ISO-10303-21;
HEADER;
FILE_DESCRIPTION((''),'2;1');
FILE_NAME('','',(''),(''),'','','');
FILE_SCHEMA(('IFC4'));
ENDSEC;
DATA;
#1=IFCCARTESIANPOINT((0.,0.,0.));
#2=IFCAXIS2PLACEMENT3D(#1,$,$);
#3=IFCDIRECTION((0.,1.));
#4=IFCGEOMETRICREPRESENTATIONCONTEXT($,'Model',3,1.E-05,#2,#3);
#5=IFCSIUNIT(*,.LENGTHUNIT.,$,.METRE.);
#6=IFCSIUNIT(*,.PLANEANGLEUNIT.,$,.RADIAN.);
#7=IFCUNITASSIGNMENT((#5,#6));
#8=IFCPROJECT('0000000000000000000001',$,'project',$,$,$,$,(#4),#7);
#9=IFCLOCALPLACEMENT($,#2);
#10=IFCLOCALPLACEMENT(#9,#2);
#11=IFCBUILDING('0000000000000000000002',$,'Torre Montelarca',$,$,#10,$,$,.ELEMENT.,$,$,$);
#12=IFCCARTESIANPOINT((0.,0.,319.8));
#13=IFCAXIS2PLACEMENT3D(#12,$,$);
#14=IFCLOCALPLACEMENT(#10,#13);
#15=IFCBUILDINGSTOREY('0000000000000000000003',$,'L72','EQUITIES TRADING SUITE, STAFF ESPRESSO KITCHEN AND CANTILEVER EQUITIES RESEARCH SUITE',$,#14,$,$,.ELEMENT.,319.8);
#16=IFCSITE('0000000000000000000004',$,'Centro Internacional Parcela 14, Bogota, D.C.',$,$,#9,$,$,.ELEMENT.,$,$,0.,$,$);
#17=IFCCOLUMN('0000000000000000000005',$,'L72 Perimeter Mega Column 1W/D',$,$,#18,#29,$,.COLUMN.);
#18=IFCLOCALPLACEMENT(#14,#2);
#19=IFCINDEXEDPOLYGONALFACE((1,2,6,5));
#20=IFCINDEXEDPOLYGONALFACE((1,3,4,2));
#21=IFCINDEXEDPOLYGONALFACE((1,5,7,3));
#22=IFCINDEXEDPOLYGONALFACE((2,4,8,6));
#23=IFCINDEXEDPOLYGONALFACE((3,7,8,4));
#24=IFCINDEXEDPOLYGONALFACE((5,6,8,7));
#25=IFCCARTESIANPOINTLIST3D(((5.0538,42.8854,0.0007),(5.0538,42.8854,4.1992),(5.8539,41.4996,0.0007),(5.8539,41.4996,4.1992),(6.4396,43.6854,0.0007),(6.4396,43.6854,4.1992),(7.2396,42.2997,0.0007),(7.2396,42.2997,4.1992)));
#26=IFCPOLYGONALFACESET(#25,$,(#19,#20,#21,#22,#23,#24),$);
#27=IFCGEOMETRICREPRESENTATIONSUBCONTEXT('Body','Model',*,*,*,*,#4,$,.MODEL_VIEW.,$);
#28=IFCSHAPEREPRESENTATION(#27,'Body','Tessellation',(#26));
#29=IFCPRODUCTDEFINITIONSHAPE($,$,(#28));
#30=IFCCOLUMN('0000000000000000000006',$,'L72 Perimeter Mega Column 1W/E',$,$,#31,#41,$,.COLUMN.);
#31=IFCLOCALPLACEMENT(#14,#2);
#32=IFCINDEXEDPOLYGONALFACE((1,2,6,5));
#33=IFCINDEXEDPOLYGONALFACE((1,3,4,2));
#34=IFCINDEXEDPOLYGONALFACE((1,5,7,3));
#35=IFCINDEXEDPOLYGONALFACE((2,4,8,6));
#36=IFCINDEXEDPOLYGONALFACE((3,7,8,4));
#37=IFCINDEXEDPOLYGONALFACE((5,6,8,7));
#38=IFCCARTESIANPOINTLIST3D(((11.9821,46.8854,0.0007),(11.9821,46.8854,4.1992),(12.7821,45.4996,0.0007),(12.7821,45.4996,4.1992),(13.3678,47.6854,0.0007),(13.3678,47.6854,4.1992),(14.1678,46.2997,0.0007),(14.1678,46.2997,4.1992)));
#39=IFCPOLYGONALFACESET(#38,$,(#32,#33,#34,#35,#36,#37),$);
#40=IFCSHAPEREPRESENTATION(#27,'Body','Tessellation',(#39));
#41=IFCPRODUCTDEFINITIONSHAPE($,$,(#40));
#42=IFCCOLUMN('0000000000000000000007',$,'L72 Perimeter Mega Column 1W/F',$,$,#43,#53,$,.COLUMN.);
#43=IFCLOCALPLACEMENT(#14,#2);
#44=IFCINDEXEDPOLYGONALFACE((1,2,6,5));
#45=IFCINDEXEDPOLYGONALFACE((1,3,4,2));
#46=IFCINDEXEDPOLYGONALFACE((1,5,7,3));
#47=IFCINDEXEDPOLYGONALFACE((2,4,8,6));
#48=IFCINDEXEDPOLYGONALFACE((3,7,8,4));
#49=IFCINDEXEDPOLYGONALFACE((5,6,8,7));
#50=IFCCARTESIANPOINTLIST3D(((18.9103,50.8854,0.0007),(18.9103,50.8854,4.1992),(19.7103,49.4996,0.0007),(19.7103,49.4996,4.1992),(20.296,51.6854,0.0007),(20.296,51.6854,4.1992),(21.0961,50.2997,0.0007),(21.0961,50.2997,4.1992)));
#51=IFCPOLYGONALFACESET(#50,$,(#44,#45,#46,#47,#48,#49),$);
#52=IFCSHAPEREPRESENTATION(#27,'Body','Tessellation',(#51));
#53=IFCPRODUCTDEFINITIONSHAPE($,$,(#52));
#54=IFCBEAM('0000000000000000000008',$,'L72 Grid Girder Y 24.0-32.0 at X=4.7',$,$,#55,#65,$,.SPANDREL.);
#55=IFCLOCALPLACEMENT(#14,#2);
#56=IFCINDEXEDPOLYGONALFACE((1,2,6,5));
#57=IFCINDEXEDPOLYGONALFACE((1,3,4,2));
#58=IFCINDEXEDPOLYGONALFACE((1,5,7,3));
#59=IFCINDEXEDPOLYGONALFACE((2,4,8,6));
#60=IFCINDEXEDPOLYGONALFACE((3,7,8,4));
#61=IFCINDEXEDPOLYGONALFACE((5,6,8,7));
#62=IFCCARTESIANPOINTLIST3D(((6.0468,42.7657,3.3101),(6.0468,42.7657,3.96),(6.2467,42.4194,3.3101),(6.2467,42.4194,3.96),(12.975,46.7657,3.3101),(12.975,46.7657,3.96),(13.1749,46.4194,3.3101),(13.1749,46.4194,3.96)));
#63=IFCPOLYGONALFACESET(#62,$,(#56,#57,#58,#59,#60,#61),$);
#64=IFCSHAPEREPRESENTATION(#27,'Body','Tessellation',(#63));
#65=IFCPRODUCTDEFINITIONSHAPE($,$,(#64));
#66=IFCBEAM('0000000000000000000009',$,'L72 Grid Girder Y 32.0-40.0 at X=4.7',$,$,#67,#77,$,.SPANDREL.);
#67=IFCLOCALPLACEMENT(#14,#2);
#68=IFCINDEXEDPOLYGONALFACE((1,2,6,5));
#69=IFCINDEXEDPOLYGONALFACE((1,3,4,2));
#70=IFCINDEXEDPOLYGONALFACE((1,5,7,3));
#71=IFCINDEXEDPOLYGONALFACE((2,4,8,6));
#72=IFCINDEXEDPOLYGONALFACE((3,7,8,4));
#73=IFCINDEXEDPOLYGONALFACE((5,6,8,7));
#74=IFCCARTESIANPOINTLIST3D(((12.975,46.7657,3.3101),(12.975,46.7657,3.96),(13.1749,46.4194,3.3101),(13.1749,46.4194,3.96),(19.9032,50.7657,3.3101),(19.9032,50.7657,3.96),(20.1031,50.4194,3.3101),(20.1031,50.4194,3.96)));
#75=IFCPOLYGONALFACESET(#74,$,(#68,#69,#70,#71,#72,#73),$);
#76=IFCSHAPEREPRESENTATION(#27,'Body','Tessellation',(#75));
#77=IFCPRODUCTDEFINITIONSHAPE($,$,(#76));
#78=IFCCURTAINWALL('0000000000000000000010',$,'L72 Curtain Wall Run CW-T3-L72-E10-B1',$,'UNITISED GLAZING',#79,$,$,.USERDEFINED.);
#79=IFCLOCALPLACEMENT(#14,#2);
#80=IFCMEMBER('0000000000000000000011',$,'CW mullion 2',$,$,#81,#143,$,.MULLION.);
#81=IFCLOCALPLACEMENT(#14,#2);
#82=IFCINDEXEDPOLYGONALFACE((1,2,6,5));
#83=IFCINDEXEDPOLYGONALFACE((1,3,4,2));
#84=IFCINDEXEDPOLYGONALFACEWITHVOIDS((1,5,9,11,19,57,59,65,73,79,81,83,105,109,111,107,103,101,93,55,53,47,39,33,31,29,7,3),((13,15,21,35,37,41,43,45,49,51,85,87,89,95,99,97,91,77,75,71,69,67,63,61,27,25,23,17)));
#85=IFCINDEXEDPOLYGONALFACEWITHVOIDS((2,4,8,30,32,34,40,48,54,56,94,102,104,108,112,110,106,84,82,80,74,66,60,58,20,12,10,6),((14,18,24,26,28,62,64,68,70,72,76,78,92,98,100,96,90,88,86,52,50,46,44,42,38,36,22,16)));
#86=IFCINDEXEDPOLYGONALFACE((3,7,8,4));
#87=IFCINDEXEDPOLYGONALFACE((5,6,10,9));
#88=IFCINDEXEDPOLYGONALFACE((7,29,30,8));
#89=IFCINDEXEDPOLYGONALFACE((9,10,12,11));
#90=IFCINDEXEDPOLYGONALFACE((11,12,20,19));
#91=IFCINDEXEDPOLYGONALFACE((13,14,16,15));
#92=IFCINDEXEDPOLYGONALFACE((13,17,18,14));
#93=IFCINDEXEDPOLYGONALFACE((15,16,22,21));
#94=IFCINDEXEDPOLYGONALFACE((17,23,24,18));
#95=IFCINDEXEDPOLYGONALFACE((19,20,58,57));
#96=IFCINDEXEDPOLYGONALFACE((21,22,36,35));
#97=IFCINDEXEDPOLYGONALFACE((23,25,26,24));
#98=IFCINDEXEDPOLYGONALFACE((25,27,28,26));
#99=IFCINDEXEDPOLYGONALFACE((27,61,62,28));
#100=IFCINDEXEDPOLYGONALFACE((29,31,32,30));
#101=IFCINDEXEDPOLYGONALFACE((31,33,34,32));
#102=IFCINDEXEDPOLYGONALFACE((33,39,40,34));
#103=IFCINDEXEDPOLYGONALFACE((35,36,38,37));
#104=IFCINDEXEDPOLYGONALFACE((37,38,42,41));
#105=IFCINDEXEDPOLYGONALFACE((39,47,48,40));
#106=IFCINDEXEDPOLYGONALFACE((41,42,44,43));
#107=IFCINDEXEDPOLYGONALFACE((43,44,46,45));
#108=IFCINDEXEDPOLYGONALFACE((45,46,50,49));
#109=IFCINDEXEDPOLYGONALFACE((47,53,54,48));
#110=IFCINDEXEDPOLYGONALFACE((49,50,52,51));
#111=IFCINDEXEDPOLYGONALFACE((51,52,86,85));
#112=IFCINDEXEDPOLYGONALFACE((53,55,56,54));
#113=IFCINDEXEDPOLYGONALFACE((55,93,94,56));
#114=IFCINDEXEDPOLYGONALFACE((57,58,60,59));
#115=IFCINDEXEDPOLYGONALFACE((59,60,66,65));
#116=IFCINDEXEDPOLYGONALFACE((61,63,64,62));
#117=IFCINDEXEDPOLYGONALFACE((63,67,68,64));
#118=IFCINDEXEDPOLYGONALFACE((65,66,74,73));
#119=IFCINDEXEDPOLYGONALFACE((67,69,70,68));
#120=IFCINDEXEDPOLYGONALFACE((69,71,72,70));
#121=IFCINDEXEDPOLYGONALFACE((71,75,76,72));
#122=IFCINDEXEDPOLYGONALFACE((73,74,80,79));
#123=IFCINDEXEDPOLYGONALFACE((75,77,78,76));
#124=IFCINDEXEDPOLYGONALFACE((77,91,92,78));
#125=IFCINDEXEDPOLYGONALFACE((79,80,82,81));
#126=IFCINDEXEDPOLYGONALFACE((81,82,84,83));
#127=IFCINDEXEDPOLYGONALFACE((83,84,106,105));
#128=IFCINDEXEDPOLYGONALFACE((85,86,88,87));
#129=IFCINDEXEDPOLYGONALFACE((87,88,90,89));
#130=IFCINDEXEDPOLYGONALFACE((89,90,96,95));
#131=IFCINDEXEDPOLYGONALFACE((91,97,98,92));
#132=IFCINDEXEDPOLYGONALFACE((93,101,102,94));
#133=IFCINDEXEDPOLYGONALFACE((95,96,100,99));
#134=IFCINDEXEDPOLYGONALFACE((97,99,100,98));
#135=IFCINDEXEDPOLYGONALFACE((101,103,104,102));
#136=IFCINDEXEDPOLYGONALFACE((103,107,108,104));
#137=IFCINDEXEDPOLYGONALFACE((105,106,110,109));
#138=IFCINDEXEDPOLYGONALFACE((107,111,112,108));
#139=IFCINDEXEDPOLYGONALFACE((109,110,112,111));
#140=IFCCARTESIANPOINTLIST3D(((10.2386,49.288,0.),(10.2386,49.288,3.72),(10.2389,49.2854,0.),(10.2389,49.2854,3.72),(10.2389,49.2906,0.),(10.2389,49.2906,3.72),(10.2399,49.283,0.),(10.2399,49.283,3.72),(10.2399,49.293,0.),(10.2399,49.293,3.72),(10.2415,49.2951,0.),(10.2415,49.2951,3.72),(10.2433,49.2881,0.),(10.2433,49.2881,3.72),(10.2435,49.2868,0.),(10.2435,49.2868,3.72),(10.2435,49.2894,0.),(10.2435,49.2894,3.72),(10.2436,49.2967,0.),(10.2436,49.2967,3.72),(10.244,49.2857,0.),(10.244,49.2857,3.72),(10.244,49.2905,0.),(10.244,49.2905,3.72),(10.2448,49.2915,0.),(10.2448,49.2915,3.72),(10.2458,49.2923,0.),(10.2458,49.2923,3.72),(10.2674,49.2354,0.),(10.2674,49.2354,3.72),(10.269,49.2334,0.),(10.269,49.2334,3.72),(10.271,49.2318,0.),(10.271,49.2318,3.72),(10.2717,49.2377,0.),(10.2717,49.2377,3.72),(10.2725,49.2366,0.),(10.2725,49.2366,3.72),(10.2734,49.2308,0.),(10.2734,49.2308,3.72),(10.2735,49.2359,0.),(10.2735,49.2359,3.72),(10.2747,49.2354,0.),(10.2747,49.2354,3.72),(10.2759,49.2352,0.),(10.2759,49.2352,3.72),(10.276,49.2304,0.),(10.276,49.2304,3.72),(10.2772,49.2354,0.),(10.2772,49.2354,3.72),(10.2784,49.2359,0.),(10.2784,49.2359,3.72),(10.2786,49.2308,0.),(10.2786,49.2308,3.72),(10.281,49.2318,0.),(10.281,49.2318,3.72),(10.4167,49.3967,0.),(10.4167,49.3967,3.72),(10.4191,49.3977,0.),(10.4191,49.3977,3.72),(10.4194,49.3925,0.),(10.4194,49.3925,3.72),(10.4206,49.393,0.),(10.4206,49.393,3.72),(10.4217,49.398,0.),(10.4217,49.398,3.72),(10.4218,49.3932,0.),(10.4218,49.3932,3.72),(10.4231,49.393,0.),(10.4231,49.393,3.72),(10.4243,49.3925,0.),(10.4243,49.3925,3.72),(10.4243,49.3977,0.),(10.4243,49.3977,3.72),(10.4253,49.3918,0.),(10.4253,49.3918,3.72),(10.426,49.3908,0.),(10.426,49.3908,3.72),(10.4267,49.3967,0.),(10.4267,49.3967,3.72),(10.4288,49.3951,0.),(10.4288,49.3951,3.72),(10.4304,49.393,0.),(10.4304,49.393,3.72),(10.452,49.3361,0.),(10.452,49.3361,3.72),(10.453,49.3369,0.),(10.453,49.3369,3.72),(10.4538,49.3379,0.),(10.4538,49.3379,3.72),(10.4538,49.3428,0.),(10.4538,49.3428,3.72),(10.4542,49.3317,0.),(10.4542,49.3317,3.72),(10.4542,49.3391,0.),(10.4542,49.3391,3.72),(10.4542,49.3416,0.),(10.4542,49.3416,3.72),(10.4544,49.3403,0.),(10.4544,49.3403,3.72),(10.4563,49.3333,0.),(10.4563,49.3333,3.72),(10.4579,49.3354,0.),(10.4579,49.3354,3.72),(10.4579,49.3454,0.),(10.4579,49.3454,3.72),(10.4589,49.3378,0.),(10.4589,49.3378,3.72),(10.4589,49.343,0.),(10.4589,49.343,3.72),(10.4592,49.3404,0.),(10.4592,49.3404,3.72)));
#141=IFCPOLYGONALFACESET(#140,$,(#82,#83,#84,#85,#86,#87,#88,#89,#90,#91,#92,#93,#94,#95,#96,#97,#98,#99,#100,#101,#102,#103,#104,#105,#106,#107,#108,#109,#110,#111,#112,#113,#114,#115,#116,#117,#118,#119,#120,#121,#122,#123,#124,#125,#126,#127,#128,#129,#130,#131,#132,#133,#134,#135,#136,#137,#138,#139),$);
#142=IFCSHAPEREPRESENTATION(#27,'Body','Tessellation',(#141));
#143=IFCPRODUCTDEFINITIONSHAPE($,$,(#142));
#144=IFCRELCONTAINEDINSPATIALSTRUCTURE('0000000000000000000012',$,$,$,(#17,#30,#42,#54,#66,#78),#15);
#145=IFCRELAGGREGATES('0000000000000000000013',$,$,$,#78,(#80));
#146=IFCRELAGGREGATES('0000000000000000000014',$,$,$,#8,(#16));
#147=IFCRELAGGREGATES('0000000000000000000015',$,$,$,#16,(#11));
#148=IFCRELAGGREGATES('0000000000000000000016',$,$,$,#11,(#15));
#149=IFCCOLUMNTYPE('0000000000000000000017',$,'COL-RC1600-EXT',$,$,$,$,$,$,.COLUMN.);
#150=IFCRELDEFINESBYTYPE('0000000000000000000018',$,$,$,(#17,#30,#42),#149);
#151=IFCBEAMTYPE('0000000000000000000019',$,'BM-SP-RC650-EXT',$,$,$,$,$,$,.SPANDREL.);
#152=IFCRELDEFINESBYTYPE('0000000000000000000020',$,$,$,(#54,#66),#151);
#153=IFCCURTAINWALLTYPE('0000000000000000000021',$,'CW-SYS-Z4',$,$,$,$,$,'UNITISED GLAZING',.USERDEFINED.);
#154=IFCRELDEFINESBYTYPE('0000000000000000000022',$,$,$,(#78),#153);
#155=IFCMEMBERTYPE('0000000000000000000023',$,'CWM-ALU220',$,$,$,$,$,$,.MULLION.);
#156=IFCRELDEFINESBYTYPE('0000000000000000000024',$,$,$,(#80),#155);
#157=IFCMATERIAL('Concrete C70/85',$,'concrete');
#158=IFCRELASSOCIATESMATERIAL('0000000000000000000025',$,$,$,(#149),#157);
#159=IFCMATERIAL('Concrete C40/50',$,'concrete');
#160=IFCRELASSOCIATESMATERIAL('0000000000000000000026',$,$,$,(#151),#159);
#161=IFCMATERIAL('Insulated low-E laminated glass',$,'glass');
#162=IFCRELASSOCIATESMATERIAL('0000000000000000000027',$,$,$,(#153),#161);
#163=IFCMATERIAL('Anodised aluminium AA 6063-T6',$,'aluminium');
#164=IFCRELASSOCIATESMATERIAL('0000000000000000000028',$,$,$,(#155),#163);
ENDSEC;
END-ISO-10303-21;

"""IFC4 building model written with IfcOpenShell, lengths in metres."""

from ifc_helpers import new_model, si_unit, direction, frame, origin, origin_2d, place, context, subcontext, project, spatial, rectangle, hollow_rectangle, extrude, source, transform, mapped, material, material_profile, profile_set, type_object, element, aggregate, save


model = new_model("IFC4")

# Units and contexts
model_context = context("Model", 3, precision=1e-05, world=origin(), true_north=direction((0.0, 1.0)))
body_context = subcontext(model_context, "Body", "Model", "MODEL_VIEW")
ifc_project = project(units=[si_unit("LENGTHUNIT", "METRE"), si_unit("PLANEANGLEUNIT", "RADIAN")], contexts=[model_context])

# Site, building, storey
site_placement = place(None, origin())
site = spatial("IfcSite", under=ifc_project, at=site_placement, Name="Centro Internacional Parcela 14, Bogota, D.C.", CompositionType="ELEMENT", RefElevation=0.0)
building_placement = place(site_placement, origin())
building = spatial("IfcBuilding", under=site, at=building_placement, Name="Torre Montelarca", CompositionType="ELEMENT")
storey_placement = place(building_placement, frame((0.0, 0.0, 319.8)))
storey = spatial("IfcBuildingStorey", under=building, at=storey_placement, Name="L72", Description="EQUITIES TRADING SUITE, STAFF ESPRESSO KITCHEN AND CANTILEVER EQUITIES RESEARCH SUITE", CompositionType="ELEMENT", Elevation=319.8)

# Columns
ifc_material_1 = material(Name="Concrete C70/85", Category="concrete")
ifc_material_profile_1 = material_profile(ifc_material_1, rectangle(XDim=1.6001, YDim=1.6001, at=origin_2d()), Name="RC1600X1600", Category="concrete")
ifc_profile_set_1 = profile_set([ifc_material_profile_1], Name="Concrete C70/85")
column_type = type_object("IfcColumnType", Name="COL-RC1600-EXT", PredefinedType="COLUMN", material=ifc_profile_set_1)
shared_shape_1 = source(origin(), body_context, "Body", "SweptSolid", [
    extrude(rectangle(XDim=1.6001, YDim=1.6001, at=origin_2d()), origin(), (0.0, 0.0, 1.0), 4.1985),
])
for number, where, z_axis, x_axis, name in (
    (1, (6.1467, 42.5925, 0.0007), (0.0, 0.0, 1.0), (-0.5, 0.866025, 0.0), "L72 Perimeter Mega Column 1W/D"),
    (2, (13.075, 46.5925, 0.0007), (0.0, 0.0, 1.0), (-0.5, 0.866025, 0.0), "L72 Perimeter Mega Column 1W/E"),
    (3, (20.0032, 50.5925, 0.0007), (0.0, 0.0, 1.0), (-0.5, 0.866025, 0.0), "L72 Perimeter Mega Column 1W/F"),
):
    element("IfcColumn", number, at=place(storey_placement, frame(where, z_axis=z_axis, x_axis=x_axis)), inside=storey, type_object=column_type, Name=name, PredefinedType="COLUMN", context=body_context, shape_type="MappedRepresentation", body=[
        mapped(shared_shape_1, transform((0.0, 0.0, 0.0), scale=1.0)),
    ])

# Beams
ifc_material_2 = material(Name="Concrete C40/50", Category="concrete")
ifc_material_profile_2 = material_profile(ifc_material_2, rectangle(XDim=0.3999, YDim=0.6499, at=origin_2d()), Name="RCB400X650", Category="concrete")
ifc_profile_set_2 = profile_set([ifc_material_profile_2], Name="Concrete C40/50")
beam_type = type_object("IfcBeamType", Name="BM-SP-RC650-EXT", PredefinedType="SPANDREL", material=ifc_profile_set_2)
shared_shape_2 = source(origin(), body_context, "Body", "SweptSolid", [
    extrude(rectangle(XDim=0.3999, YDim=0.6499, at=origin_2d()), origin(), (0.0, 0.0, 1.0), 8.0),
])
for number, where, z_axis, x_axis, name in (
    (4, (6.1467, 42.5925, 3.635), (0.866026, 0.499999, 0.0), (-0.499999, 0.866026, 0.0), "L72 Grid Girder Y 24.0-32.0 at X=4.7"),
    (5, (13.075, 46.5925, 3.635), (0.866026, 0.499999, 0.0), (-0.499999, 0.866026, 0.0), "L72 Grid Girder Y 32.0-40.0 at X=4.7"),
):
    element("IfcBeam", number, at=place(storey_placement, frame(where, z_axis=z_axis, x_axis=x_axis)), inside=storey, type_object=beam_type, Name=name, PredefinedType="SPANDREL", context=body_context, shape_type="MappedRepresentation", body=[
        mapped(shared_shape_2, transform((0.0, 0.0, 0.0), scale=1.0)),
    ])

# Curtain wall, member
ifc_material_3 = material(Name="Insulated low-E laminated glass", Category="glass")
curtain_wall_type = type_object("IfcCurtainWallType", Name="CW-SYS-Z4", ElementType="UNITISED GLAZING", PredefinedType="USERDEFINED", material=ifc_material_3)
curtain_wall_placement = place(storey_placement, origin())
curtain_wall = element("IfcCurtainWall", 6, at=curtain_wall_placement, inside=storey, type_object=curtain_wall_type, Name="L72 Curtain Wall Run CW-T3-L72-E10-B1", ObjectType="UNITISED GLAZING", PredefinedType="USERDEFINED")
ifc_material_4 = material(Name="Anodised aluminium AA 6063-T6", Category="aluminium")
ifc_material_profile_3 = material_profile(ifc_material_4, hollow_rectangle(XDim=0.075, YDim=0.22, WallThickness=0.0049, InnerFilletRadius=0.0049, OuterFilletRadius=0.01, at=origin_2d()), Name="ALU75X220X5", Category="aluminium")
ifc_profile_set_3 = profile_set([ifc_material_profile_3], Name="Anodised aluminium AA 6063-T6")
member_type_1 = type_object("IfcMemberType", Name="CWM-ALU220", PredefinedType="MULLION", material=ifc_profile_set_3)
shared_shape_3 = source(origin(), body_context, "Body", "SweptSolid", [
    extrude(hollow_rectangle(XDim=0.075, YDim=0.22, WallThickness=0.0049, InnerFilletRadius=0.0049, OuterFilletRadius=0.01, at=origin_2d()), origin(), (0.0, 0.0, 1.0), 3.72),
])
member_1_placement = place(storey_placement, frame((10.3489, 49.3142, 0.0), z_axis=(0.0, 0.0, 1.0), x_axis=(0.5, -0.866025, 0.0)))
member_1 = element("IfcMember", 7, at=member_1_placement, type_object=member_type_1, Name="CW mullion 2", PredefinedType="MULLION", context=body_context, shape_type="MappedRepresentation", body=[
    mapped(shared_shape_3, transform((0.0, 0.0, 0.0), scale=1.0)),
])
aggregate(curtain_wall, [member_1])

save(model, "model.ifc")
